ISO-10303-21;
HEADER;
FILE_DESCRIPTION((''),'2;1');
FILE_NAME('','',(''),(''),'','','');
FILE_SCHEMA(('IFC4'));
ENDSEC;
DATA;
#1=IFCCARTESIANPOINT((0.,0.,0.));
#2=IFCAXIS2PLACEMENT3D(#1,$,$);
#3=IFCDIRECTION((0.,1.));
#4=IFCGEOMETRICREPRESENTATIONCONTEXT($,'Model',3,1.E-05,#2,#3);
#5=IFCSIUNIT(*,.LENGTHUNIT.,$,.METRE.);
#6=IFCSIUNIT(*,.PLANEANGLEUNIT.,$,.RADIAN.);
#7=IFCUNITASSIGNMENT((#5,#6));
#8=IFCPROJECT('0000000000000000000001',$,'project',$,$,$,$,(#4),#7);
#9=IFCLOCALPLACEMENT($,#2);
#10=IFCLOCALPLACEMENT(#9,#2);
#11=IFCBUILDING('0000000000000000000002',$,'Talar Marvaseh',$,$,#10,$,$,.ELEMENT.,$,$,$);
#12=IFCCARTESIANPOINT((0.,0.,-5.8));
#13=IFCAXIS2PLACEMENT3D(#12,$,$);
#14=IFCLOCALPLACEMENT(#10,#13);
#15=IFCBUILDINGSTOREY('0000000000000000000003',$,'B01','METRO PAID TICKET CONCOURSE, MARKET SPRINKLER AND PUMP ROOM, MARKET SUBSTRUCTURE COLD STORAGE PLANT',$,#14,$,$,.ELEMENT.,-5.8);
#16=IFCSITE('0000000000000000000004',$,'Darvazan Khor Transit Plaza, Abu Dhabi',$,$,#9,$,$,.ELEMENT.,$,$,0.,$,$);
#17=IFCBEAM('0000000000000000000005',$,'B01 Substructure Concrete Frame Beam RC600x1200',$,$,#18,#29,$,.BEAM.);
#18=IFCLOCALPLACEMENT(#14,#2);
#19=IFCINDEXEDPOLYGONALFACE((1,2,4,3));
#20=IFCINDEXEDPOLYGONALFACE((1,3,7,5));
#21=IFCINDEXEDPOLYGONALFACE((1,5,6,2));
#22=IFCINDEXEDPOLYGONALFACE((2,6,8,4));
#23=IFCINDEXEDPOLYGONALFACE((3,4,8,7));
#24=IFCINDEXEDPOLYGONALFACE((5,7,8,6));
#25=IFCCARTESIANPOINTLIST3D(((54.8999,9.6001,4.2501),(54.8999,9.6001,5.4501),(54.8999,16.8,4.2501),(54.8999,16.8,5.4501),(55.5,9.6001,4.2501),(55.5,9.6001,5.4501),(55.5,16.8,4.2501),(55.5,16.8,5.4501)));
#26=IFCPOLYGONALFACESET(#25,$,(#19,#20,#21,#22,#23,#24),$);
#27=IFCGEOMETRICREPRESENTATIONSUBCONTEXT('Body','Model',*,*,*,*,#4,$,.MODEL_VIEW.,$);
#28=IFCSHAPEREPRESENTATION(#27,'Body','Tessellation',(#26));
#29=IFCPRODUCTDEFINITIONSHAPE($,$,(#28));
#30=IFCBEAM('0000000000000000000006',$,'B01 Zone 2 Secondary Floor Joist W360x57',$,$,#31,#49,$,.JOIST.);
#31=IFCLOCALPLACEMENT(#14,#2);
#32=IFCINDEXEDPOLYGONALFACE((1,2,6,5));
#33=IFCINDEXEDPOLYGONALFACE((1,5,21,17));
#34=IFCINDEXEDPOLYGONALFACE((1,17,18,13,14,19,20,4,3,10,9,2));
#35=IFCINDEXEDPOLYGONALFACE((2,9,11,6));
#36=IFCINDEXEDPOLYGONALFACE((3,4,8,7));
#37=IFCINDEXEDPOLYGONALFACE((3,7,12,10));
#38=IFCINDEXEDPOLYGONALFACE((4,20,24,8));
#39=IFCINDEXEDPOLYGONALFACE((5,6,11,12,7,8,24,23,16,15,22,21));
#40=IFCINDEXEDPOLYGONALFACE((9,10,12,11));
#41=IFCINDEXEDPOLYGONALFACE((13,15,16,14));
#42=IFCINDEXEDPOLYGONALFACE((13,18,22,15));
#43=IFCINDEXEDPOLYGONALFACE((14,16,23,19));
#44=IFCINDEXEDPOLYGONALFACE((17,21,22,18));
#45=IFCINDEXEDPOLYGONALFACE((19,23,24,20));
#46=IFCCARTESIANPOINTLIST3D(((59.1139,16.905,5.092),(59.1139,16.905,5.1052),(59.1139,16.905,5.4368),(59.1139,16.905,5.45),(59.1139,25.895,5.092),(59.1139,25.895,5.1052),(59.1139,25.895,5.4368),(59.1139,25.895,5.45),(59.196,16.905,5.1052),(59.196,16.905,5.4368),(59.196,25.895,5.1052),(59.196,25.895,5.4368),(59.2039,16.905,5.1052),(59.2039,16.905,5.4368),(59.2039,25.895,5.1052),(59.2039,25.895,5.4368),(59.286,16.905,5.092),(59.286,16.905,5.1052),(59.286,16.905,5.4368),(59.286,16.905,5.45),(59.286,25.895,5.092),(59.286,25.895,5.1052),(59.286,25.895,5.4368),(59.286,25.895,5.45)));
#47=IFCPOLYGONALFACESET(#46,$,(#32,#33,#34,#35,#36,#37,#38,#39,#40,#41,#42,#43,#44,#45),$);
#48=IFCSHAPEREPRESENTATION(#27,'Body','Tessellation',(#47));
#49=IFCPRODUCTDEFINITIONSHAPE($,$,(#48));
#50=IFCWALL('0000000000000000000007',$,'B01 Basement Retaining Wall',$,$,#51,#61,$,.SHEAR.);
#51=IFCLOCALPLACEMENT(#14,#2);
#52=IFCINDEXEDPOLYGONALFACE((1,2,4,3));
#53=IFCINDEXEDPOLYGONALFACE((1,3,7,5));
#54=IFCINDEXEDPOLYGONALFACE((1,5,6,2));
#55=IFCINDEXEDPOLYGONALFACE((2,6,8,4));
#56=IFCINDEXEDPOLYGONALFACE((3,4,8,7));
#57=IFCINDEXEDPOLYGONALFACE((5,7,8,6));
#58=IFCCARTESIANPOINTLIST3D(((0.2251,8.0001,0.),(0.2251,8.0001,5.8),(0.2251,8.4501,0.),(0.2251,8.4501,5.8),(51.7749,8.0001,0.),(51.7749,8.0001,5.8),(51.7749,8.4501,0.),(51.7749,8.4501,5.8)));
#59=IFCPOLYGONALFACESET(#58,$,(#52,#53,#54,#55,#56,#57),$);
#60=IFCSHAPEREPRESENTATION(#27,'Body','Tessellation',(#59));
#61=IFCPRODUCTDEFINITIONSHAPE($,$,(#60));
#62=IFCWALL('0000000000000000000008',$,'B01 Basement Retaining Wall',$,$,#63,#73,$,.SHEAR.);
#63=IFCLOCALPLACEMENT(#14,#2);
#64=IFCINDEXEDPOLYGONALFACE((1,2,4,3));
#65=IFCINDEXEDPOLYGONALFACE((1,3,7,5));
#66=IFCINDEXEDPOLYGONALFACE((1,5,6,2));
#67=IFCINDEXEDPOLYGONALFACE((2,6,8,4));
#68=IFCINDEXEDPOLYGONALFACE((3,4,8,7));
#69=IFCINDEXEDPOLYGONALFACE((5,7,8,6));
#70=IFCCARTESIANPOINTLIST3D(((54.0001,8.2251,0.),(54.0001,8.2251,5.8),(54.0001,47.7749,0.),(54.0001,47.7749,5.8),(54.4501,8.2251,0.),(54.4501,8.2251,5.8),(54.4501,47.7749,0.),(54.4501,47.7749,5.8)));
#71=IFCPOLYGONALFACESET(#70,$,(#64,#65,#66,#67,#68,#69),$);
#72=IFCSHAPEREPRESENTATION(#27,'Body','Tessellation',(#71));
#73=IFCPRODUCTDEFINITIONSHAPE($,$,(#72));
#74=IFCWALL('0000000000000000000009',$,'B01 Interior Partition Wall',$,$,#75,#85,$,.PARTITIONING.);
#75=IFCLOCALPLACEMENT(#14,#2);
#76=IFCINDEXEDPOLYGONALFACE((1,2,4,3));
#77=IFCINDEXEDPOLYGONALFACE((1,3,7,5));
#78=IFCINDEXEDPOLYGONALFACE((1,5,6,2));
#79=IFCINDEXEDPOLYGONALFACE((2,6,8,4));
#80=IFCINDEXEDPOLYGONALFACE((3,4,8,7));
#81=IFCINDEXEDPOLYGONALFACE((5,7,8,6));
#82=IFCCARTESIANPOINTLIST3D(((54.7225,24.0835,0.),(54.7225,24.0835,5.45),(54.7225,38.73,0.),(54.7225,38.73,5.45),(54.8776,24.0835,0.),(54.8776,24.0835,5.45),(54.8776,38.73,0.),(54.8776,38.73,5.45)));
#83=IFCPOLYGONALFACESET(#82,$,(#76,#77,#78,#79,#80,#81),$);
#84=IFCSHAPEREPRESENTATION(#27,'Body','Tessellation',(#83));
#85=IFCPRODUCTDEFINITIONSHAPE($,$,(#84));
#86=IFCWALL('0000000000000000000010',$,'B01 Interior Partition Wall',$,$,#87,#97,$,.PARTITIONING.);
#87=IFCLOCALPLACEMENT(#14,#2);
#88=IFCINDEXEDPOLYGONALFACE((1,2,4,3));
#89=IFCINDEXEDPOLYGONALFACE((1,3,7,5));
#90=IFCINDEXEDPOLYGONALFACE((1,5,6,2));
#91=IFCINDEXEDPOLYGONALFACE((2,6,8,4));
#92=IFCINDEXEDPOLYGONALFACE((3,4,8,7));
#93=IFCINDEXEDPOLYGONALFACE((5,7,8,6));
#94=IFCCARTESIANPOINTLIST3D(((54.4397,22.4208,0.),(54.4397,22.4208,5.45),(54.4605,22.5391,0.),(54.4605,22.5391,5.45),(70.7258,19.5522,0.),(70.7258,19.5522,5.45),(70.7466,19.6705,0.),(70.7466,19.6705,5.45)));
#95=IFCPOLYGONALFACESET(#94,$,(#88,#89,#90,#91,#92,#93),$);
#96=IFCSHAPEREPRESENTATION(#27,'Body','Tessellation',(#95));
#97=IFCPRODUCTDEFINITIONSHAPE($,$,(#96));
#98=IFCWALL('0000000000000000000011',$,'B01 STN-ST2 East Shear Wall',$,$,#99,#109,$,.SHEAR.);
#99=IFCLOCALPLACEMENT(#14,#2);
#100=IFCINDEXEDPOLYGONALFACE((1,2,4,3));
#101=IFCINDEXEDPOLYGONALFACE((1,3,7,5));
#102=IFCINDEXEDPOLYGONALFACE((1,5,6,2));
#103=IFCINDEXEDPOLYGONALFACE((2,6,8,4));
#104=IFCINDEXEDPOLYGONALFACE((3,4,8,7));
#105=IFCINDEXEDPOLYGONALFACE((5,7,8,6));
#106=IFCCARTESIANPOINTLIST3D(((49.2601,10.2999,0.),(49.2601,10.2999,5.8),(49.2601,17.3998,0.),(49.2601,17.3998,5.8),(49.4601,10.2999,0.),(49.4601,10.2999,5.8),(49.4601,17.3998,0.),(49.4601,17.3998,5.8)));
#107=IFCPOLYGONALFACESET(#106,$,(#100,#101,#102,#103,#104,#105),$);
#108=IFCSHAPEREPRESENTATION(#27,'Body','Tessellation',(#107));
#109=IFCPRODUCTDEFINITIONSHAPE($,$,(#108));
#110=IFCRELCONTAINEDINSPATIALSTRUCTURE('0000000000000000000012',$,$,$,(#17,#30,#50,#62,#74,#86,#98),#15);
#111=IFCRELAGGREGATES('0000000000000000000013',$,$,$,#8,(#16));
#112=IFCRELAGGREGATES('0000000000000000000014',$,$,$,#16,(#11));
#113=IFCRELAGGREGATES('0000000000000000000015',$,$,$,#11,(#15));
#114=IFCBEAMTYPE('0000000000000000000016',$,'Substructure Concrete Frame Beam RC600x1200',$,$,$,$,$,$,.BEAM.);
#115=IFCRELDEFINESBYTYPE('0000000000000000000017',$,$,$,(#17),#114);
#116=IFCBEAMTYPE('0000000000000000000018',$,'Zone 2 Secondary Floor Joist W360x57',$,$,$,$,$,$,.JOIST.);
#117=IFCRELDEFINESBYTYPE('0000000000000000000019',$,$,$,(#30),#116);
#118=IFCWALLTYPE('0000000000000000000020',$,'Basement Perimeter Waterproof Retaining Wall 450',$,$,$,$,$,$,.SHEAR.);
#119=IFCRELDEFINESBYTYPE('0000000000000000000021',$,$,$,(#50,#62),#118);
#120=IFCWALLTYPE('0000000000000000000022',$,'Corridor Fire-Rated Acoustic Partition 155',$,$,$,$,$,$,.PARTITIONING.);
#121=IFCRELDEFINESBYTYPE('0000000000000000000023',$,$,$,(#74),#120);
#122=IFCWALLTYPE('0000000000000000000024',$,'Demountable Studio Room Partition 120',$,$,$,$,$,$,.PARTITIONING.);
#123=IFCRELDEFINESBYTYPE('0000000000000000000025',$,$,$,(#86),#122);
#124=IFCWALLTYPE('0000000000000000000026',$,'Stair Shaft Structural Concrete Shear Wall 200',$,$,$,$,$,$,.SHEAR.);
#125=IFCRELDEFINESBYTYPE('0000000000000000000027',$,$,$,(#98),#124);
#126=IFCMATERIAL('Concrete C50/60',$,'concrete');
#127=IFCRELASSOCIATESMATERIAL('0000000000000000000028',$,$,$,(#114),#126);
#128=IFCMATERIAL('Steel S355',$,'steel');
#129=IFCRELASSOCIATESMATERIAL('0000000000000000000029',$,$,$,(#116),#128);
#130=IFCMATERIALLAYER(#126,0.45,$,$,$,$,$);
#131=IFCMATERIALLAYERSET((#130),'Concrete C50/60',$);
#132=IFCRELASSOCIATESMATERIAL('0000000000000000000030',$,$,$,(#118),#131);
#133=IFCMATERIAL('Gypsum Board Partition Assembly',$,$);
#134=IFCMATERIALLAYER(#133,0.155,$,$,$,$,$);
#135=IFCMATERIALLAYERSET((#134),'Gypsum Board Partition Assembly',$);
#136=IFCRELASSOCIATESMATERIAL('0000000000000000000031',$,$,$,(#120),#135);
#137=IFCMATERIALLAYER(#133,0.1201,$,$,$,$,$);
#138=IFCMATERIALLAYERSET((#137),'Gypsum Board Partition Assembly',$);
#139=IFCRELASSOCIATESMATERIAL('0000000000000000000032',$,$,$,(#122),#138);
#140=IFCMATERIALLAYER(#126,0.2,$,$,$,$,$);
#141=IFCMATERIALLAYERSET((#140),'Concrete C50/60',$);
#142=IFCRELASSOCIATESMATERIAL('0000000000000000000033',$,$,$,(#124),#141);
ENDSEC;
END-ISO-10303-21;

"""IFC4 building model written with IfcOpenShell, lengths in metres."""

from ifc_helpers import new_model, si_unit, direction, frame, frame_2d, origin, origin_2d, place, context, subcontext, project, spatial, rectangle, i_section, extrude, material, layer, layer_set, material_profile, profile_set, type_object, element, save


model = new_model("IFC4")

# Units and contexts
model_context = context("Model", 3, precision=1e-05, world=origin(), true_north=direction((0.0, 1.0)))
body_context = subcontext(model_context, "Body", "Model", "MODEL_VIEW")
ifc_project = project(units=[si_unit("LENGTHUNIT", "METRE"), si_unit("PLANEANGLEUNIT", "RADIAN")], contexts=[model_context])

# Site, building, storey
site_placement = place(None, origin())
site = spatial("IfcSite", under=ifc_project, at=site_placement, Name="Darvazan Khor Transit Plaza, Abu Dhabi", CompositionType="ELEMENT", RefElevation=0.0)
building_placement = place(site_placement, origin())
building = spatial("IfcBuilding", under=site, at=building_placement, Name="Talar Marvaseh", CompositionType="ELEMENT")
storey_placement = place(building_placement, frame((0.0, 0.0, -5.8)))
storey = spatial("IfcBuildingStorey", under=building, at=storey_placement, Name="B01", Description="METRO PAID TICKET CONCOURSE, MARKET SPRINKLER AND PUMP ROOM, MARKET SUBSTRUCTURE COLD STORAGE PLANT", CompositionType="ELEMENT", Elevation=-5.8)

# Beams
ifc_material_1 = material(Name="Steel S355", Category="steel")
ifc_material_2 = material(Name="Concrete C50/60", Category="concrete")
ifc_material_profile_1 = material_profile(ifc_material_2, rectangle(XDim=0.6001, YDim=1.2, at=origin_2d()), Name="RC600x1200")
ifc_profile_set_1 = profile_set([ifc_material_profile_1], Name="Concrete C50/60")
beam_type_1 = type_object("IfcBeamType", Name="Substructure Concrete Frame Beam RC600x1200", PredefinedType="BEAM", material=ifc_profile_set_1)
beam_1_placement = place(storey_placement, frame((55.2, 9.6001, 4.8501), z_axis=(0.0, 1.0, 0.0), x_axis=(-1.0, 0.0, 0.0)))
element("IfcBeam", 1, at=beam_1_placement, inside=storey, type_object=beam_type_1, Name="B01 Substructure Concrete Frame Beam RC600x1200", PredefinedType="BEAM", context=body_context, shape_type="SweptSolid", body=[
    extrude(rectangle(XDim=0.6001, YDim=1.2, at=origin_2d()), origin(), (0.0, 0.0, 1.0), 7.2),
])
ifc_material_profile_2 = material_profile(ifc_material_1, i_section(OverallWidth=0.1721, OverallDepth=0.3579, WebThickness=0.0078, FlangeThickness=0.0132, at=origin_2d()), Name="W360x57")
ifc_profile_set_2 = profile_set([ifc_material_profile_2], Name="Steel S355")
beam_type_2 = type_object("IfcBeamType", Name="Zone 2 Secondary Floor Joist W360x57", PredefinedType="JOIST", material=ifc_profile_set_2)
beam_2_placement = place(storey_placement, frame((59.2, 16.905, 5.271), z_axis=(0.0, 1.0, 0.0), x_axis=(-1.0, 0.0, 0.0)))
element("IfcBeam", 2, at=beam_2_placement, inside=storey, type_object=beam_type_2, Name="B01 Zone 2 Secondary Floor Joist W360x57", PredefinedType="JOIST", context=body_context, shape_type="SweptSolid", body=[
    extrude(i_section(OverallWidth=0.1721, OverallDepth=0.3579, WebThickness=0.0078, FlangeThickness=0.0132, at=origin_2d()), origin(), (0.0, 0.0, 1.0), 8.99),
])

# Walls
ifc_layer_1 = layer(ifc_material_2, 0.45)
ifc_layer_set_1 = layer_set([ifc_layer_1], Name="Concrete C50/60")
wall_type_1 = type_object("IfcWallType", Name="Basement Perimeter Waterproof Retaining Wall 450", PredefinedType="SHEAR", material=ifc_layer_set_1)
wall_1_placement = place(storey_placement, frame((51.7749, 8.2251, 0.0), z_axis=(0.0, 0.0, 1.0), x_axis=(-1.0, 0.0, 0.0)))
element("IfcWall", 3, at=wall_1_placement, inside=storey, type_object=wall_type_1, Name="B01 Basement Retaining Wall", PredefinedType="SHEAR", context=body_context, shape_type="SweptSolid", body=[
    extrude(rectangle(XDim=51.5498, YDim=0.45, at=frame_2d((25.7749, 0.0))), origin(), (0.0, 0.0, 1.0), 5.8),
])
wall_2_placement = place(storey_placement, frame((54.2251, 8.2251, 0.0), z_axis=(0.0, 0.0, 1.0), x_axis=(0.0, 1.0, 0.0)))
element("IfcWall", 4, at=wall_2_placement, inside=storey, type_object=wall_type_1, Name="B01 Basement Retaining Wall", PredefinedType="SHEAR", context=body_context, shape_type="SweptSolid", body=[
    extrude(rectangle(XDim=39.5498, YDim=0.45, at=frame_2d((19.7749, 0.0))), origin(), (0.0, 0.0, 1.0), 5.8),
])
ifc_material_3 = material(Name="Gypsum Board Partition Assembly")
ifc_layer_2 = layer(ifc_material_3, 0.155)
ifc_layer_set_2 = layer_set([ifc_layer_2], Name="Gypsum Board Partition Assembly")
wall_type_2 = type_object("IfcWallType", Name="Corridor Fire-Rated Acoustic Partition 155", PredefinedType="PARTITIONING", material=ifc_layer_set_2)
wall_3_placement = place(storey_placement, frame((54.8, 24.0835, 0.0), z_axis=(0.0, 0.0, 1.0), x_axis=(0.0, 1.0, 0.0)))
element("IfcWall", 5, at=wall_3_placement, inside=storey, type_object=wall_type_2, Name="B01 Interior Partition Wall", PredefinedType="PARTITIONING", context=body_context, shape_type="SweptSolid", body=[
    extrude(rectangle(XDim=14.6465, YDim=0.155, at=frame_2d((7.3232, 0.0))), origin(), (0.0, 0.0, 1.0), 5.45),
])
ifc_layer_3 = layer(ifc_material_3, 0.1201)
ifc_layer_set_3 = layer_set([ifc_layer_3], Name="Gypsum Board Partition Assembly")
wall_type_3 = type_object("IfcWallType", Name="Demountable Studio Room Partition 120", PredefinedType="PARTITIONING", material=ifc_layer_set_3)
wall_4_placement = place(storey_placement, frame((54.45, 22.48, 0.0), z_axis=(0.0, 0.0, 1.0), x_axis=(0.984839, -0.17347, 0.0)))
element("IfcWall", 6, at=wall_4_placement, inside=storey, type_object=wall_type_3, Name="B01 Interior Partition Wall", PredefinedType="PARTITIONING", context=body_context, shape_type="SweptSolid", body=[
    extrude(rectangle(XDim=16.5369, YDim=0.1201, at=frame_2d((8.2686, 0.0))), origin(), (0.0, 0.0, 1.0), 5.45),
])

# Shared definitions
ifc_layer_4 = layer(ifc_material_2, 0.2)
ifc_layer_set_4 = layer_set([ifc_layer_4], Name="Concrete C50/60")
wall_type_4 = type_object("IfcWallType", Name="Stair Shaft Structural Concrete Shear Wall 200", PredefinedType="SHEAR", material=ifc_layer_set_4)

# Wall
wall_5_placement = place(storey_placement, frame((49.3601, 10.3, 0.0), z_axis=(0.0, 0.0, 1.0), x_axis=(0.0, 1.0, 0.0)))
element("IfcWall", 7, at=wall_5_placement, inside=storey, type_object=wall_type_4, Name="B01 STN-ST2 East Shear Wall", PredefinedType="SHEAR", context=body_context, shape_type="SweptSolid", body=[
    extrude(rectangle(XDim=7.0999, YDim=0.2, at=frame_2d((3.5498, 0.0))), origin(), (0.0, 0.0, 1.0), 5.8),
])

save(model, "model.ifc")
